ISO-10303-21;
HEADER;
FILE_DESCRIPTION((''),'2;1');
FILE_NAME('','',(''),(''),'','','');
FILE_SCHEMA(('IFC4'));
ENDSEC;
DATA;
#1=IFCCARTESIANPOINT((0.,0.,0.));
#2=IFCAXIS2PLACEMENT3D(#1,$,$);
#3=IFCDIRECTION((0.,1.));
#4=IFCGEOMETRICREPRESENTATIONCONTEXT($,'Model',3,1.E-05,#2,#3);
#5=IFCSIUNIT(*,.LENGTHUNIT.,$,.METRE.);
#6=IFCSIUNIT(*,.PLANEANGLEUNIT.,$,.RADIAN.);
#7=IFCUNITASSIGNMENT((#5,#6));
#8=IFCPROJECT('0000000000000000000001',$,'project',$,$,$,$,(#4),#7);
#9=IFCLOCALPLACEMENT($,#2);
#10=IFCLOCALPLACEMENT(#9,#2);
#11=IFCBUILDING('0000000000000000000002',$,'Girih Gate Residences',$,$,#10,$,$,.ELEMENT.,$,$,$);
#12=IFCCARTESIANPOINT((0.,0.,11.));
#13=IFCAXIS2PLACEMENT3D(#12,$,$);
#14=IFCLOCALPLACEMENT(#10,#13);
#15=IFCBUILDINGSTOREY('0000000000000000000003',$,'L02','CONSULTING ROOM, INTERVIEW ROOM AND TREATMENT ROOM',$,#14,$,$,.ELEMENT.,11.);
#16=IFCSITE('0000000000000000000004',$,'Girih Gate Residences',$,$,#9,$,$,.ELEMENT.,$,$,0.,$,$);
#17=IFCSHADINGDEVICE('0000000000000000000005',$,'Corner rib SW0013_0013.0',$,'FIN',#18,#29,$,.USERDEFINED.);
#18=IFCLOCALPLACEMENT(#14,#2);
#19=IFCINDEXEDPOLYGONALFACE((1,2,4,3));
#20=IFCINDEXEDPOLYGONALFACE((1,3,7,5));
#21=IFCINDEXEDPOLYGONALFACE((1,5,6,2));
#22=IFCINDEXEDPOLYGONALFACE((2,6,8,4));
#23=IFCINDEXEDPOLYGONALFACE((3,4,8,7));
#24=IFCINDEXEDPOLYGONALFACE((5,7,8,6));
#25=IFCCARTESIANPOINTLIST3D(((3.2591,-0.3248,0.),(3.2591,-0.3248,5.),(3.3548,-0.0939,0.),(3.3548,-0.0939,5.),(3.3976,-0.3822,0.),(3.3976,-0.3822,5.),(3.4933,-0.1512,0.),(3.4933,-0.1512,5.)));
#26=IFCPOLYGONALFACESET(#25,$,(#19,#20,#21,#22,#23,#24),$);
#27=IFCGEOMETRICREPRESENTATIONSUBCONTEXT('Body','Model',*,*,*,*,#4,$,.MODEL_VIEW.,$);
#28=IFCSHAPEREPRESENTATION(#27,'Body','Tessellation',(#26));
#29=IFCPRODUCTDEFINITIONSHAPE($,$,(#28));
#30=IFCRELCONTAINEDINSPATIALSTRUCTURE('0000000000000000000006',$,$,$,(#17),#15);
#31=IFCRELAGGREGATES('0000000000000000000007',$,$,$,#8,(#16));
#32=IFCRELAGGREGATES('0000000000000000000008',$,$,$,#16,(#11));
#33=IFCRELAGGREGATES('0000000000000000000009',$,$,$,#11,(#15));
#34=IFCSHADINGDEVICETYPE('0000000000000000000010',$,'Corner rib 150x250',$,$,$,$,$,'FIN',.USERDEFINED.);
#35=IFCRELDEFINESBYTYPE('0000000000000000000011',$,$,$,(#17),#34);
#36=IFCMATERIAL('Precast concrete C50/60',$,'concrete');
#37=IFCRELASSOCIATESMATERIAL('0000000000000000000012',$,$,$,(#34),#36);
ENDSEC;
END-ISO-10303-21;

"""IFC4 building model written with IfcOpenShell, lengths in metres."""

from ifc_helpers import new_model, si_unit, direction, frame, origin, origin_2d, place, context, subcontext, project, spatial, rectangle, extrude, material, type_object, element, save


model = new_model("IFC4")

# Units and contexts
model_context = context("Model", 3, precision=1e-05, world=origin(), true_north=direction((0.0, 1.0)))
body_context = subcontext(model_context, "Body", "Model", "MODEL_VIEW")
ifc_project = project(units=[si_unit("LENGTHUNIT", "METRE"), si_unit("PLANEANGLEUNIT", "RADIAN")], contexts=[model_context])

# Site, building, storey
site_placement = place(None, origin())
site = spatial("IfcSite", under=ifc_project, at=site_placement, Name="Girih Gate Residences", CompositionType="ELEMENT", RefElevation=0.0)
building_placement = place(site_placement, origin())
building = spatial("IfcBuilding", under=site, at=building_placement, Name="Girih Gate Residences", CompositionType="ELEMENT")
storey_placement = place(building_placement, frame((0.0, 0.0, 11.0)))
storey = spatial("IfcBuildingStorey", under=building, at=storey_placement, Name="L02", Description="CONSULTING ROOM, INTERVIEW ROOM AND TREATMENT ROOM", CompositionType="ELEMENT", Elevation=11.0)

# Shared definitions
ifc_material_1 = material(Name="Precast concrete C50/60", Category="concrete")

# Shading device
shading_device_type = type_object("IfcShadingDeviceType", Name="Corner rib 150x250", ElementType="FIN", PredefinedType="USERDEFINED", material=ifc_material_1)
shading_device_placement = place(storey_placement, frame((3.3762, -0.238, 0.0), z_axis=(0.0, 0.0, 1.0), x_axis=(0.92388, -0.382683, 0.0)))
element("IfcShadingDevice", 1, at=shading_device_placement, inside=storey, type_object=shading_device_type, Name="Corner rib SW0013_0013.0", ObjectType="FIN", PredefinedType="USERDEFINED", context=body_context, shape_type="SweptSolid", body=[
    extrude(rectangle(XDim=0.1499, YDim=0.25, at=origin_2d()), origin(), (0.0, 0.0, 1.0), 5.0),
])

save(model, "model.ifc")
